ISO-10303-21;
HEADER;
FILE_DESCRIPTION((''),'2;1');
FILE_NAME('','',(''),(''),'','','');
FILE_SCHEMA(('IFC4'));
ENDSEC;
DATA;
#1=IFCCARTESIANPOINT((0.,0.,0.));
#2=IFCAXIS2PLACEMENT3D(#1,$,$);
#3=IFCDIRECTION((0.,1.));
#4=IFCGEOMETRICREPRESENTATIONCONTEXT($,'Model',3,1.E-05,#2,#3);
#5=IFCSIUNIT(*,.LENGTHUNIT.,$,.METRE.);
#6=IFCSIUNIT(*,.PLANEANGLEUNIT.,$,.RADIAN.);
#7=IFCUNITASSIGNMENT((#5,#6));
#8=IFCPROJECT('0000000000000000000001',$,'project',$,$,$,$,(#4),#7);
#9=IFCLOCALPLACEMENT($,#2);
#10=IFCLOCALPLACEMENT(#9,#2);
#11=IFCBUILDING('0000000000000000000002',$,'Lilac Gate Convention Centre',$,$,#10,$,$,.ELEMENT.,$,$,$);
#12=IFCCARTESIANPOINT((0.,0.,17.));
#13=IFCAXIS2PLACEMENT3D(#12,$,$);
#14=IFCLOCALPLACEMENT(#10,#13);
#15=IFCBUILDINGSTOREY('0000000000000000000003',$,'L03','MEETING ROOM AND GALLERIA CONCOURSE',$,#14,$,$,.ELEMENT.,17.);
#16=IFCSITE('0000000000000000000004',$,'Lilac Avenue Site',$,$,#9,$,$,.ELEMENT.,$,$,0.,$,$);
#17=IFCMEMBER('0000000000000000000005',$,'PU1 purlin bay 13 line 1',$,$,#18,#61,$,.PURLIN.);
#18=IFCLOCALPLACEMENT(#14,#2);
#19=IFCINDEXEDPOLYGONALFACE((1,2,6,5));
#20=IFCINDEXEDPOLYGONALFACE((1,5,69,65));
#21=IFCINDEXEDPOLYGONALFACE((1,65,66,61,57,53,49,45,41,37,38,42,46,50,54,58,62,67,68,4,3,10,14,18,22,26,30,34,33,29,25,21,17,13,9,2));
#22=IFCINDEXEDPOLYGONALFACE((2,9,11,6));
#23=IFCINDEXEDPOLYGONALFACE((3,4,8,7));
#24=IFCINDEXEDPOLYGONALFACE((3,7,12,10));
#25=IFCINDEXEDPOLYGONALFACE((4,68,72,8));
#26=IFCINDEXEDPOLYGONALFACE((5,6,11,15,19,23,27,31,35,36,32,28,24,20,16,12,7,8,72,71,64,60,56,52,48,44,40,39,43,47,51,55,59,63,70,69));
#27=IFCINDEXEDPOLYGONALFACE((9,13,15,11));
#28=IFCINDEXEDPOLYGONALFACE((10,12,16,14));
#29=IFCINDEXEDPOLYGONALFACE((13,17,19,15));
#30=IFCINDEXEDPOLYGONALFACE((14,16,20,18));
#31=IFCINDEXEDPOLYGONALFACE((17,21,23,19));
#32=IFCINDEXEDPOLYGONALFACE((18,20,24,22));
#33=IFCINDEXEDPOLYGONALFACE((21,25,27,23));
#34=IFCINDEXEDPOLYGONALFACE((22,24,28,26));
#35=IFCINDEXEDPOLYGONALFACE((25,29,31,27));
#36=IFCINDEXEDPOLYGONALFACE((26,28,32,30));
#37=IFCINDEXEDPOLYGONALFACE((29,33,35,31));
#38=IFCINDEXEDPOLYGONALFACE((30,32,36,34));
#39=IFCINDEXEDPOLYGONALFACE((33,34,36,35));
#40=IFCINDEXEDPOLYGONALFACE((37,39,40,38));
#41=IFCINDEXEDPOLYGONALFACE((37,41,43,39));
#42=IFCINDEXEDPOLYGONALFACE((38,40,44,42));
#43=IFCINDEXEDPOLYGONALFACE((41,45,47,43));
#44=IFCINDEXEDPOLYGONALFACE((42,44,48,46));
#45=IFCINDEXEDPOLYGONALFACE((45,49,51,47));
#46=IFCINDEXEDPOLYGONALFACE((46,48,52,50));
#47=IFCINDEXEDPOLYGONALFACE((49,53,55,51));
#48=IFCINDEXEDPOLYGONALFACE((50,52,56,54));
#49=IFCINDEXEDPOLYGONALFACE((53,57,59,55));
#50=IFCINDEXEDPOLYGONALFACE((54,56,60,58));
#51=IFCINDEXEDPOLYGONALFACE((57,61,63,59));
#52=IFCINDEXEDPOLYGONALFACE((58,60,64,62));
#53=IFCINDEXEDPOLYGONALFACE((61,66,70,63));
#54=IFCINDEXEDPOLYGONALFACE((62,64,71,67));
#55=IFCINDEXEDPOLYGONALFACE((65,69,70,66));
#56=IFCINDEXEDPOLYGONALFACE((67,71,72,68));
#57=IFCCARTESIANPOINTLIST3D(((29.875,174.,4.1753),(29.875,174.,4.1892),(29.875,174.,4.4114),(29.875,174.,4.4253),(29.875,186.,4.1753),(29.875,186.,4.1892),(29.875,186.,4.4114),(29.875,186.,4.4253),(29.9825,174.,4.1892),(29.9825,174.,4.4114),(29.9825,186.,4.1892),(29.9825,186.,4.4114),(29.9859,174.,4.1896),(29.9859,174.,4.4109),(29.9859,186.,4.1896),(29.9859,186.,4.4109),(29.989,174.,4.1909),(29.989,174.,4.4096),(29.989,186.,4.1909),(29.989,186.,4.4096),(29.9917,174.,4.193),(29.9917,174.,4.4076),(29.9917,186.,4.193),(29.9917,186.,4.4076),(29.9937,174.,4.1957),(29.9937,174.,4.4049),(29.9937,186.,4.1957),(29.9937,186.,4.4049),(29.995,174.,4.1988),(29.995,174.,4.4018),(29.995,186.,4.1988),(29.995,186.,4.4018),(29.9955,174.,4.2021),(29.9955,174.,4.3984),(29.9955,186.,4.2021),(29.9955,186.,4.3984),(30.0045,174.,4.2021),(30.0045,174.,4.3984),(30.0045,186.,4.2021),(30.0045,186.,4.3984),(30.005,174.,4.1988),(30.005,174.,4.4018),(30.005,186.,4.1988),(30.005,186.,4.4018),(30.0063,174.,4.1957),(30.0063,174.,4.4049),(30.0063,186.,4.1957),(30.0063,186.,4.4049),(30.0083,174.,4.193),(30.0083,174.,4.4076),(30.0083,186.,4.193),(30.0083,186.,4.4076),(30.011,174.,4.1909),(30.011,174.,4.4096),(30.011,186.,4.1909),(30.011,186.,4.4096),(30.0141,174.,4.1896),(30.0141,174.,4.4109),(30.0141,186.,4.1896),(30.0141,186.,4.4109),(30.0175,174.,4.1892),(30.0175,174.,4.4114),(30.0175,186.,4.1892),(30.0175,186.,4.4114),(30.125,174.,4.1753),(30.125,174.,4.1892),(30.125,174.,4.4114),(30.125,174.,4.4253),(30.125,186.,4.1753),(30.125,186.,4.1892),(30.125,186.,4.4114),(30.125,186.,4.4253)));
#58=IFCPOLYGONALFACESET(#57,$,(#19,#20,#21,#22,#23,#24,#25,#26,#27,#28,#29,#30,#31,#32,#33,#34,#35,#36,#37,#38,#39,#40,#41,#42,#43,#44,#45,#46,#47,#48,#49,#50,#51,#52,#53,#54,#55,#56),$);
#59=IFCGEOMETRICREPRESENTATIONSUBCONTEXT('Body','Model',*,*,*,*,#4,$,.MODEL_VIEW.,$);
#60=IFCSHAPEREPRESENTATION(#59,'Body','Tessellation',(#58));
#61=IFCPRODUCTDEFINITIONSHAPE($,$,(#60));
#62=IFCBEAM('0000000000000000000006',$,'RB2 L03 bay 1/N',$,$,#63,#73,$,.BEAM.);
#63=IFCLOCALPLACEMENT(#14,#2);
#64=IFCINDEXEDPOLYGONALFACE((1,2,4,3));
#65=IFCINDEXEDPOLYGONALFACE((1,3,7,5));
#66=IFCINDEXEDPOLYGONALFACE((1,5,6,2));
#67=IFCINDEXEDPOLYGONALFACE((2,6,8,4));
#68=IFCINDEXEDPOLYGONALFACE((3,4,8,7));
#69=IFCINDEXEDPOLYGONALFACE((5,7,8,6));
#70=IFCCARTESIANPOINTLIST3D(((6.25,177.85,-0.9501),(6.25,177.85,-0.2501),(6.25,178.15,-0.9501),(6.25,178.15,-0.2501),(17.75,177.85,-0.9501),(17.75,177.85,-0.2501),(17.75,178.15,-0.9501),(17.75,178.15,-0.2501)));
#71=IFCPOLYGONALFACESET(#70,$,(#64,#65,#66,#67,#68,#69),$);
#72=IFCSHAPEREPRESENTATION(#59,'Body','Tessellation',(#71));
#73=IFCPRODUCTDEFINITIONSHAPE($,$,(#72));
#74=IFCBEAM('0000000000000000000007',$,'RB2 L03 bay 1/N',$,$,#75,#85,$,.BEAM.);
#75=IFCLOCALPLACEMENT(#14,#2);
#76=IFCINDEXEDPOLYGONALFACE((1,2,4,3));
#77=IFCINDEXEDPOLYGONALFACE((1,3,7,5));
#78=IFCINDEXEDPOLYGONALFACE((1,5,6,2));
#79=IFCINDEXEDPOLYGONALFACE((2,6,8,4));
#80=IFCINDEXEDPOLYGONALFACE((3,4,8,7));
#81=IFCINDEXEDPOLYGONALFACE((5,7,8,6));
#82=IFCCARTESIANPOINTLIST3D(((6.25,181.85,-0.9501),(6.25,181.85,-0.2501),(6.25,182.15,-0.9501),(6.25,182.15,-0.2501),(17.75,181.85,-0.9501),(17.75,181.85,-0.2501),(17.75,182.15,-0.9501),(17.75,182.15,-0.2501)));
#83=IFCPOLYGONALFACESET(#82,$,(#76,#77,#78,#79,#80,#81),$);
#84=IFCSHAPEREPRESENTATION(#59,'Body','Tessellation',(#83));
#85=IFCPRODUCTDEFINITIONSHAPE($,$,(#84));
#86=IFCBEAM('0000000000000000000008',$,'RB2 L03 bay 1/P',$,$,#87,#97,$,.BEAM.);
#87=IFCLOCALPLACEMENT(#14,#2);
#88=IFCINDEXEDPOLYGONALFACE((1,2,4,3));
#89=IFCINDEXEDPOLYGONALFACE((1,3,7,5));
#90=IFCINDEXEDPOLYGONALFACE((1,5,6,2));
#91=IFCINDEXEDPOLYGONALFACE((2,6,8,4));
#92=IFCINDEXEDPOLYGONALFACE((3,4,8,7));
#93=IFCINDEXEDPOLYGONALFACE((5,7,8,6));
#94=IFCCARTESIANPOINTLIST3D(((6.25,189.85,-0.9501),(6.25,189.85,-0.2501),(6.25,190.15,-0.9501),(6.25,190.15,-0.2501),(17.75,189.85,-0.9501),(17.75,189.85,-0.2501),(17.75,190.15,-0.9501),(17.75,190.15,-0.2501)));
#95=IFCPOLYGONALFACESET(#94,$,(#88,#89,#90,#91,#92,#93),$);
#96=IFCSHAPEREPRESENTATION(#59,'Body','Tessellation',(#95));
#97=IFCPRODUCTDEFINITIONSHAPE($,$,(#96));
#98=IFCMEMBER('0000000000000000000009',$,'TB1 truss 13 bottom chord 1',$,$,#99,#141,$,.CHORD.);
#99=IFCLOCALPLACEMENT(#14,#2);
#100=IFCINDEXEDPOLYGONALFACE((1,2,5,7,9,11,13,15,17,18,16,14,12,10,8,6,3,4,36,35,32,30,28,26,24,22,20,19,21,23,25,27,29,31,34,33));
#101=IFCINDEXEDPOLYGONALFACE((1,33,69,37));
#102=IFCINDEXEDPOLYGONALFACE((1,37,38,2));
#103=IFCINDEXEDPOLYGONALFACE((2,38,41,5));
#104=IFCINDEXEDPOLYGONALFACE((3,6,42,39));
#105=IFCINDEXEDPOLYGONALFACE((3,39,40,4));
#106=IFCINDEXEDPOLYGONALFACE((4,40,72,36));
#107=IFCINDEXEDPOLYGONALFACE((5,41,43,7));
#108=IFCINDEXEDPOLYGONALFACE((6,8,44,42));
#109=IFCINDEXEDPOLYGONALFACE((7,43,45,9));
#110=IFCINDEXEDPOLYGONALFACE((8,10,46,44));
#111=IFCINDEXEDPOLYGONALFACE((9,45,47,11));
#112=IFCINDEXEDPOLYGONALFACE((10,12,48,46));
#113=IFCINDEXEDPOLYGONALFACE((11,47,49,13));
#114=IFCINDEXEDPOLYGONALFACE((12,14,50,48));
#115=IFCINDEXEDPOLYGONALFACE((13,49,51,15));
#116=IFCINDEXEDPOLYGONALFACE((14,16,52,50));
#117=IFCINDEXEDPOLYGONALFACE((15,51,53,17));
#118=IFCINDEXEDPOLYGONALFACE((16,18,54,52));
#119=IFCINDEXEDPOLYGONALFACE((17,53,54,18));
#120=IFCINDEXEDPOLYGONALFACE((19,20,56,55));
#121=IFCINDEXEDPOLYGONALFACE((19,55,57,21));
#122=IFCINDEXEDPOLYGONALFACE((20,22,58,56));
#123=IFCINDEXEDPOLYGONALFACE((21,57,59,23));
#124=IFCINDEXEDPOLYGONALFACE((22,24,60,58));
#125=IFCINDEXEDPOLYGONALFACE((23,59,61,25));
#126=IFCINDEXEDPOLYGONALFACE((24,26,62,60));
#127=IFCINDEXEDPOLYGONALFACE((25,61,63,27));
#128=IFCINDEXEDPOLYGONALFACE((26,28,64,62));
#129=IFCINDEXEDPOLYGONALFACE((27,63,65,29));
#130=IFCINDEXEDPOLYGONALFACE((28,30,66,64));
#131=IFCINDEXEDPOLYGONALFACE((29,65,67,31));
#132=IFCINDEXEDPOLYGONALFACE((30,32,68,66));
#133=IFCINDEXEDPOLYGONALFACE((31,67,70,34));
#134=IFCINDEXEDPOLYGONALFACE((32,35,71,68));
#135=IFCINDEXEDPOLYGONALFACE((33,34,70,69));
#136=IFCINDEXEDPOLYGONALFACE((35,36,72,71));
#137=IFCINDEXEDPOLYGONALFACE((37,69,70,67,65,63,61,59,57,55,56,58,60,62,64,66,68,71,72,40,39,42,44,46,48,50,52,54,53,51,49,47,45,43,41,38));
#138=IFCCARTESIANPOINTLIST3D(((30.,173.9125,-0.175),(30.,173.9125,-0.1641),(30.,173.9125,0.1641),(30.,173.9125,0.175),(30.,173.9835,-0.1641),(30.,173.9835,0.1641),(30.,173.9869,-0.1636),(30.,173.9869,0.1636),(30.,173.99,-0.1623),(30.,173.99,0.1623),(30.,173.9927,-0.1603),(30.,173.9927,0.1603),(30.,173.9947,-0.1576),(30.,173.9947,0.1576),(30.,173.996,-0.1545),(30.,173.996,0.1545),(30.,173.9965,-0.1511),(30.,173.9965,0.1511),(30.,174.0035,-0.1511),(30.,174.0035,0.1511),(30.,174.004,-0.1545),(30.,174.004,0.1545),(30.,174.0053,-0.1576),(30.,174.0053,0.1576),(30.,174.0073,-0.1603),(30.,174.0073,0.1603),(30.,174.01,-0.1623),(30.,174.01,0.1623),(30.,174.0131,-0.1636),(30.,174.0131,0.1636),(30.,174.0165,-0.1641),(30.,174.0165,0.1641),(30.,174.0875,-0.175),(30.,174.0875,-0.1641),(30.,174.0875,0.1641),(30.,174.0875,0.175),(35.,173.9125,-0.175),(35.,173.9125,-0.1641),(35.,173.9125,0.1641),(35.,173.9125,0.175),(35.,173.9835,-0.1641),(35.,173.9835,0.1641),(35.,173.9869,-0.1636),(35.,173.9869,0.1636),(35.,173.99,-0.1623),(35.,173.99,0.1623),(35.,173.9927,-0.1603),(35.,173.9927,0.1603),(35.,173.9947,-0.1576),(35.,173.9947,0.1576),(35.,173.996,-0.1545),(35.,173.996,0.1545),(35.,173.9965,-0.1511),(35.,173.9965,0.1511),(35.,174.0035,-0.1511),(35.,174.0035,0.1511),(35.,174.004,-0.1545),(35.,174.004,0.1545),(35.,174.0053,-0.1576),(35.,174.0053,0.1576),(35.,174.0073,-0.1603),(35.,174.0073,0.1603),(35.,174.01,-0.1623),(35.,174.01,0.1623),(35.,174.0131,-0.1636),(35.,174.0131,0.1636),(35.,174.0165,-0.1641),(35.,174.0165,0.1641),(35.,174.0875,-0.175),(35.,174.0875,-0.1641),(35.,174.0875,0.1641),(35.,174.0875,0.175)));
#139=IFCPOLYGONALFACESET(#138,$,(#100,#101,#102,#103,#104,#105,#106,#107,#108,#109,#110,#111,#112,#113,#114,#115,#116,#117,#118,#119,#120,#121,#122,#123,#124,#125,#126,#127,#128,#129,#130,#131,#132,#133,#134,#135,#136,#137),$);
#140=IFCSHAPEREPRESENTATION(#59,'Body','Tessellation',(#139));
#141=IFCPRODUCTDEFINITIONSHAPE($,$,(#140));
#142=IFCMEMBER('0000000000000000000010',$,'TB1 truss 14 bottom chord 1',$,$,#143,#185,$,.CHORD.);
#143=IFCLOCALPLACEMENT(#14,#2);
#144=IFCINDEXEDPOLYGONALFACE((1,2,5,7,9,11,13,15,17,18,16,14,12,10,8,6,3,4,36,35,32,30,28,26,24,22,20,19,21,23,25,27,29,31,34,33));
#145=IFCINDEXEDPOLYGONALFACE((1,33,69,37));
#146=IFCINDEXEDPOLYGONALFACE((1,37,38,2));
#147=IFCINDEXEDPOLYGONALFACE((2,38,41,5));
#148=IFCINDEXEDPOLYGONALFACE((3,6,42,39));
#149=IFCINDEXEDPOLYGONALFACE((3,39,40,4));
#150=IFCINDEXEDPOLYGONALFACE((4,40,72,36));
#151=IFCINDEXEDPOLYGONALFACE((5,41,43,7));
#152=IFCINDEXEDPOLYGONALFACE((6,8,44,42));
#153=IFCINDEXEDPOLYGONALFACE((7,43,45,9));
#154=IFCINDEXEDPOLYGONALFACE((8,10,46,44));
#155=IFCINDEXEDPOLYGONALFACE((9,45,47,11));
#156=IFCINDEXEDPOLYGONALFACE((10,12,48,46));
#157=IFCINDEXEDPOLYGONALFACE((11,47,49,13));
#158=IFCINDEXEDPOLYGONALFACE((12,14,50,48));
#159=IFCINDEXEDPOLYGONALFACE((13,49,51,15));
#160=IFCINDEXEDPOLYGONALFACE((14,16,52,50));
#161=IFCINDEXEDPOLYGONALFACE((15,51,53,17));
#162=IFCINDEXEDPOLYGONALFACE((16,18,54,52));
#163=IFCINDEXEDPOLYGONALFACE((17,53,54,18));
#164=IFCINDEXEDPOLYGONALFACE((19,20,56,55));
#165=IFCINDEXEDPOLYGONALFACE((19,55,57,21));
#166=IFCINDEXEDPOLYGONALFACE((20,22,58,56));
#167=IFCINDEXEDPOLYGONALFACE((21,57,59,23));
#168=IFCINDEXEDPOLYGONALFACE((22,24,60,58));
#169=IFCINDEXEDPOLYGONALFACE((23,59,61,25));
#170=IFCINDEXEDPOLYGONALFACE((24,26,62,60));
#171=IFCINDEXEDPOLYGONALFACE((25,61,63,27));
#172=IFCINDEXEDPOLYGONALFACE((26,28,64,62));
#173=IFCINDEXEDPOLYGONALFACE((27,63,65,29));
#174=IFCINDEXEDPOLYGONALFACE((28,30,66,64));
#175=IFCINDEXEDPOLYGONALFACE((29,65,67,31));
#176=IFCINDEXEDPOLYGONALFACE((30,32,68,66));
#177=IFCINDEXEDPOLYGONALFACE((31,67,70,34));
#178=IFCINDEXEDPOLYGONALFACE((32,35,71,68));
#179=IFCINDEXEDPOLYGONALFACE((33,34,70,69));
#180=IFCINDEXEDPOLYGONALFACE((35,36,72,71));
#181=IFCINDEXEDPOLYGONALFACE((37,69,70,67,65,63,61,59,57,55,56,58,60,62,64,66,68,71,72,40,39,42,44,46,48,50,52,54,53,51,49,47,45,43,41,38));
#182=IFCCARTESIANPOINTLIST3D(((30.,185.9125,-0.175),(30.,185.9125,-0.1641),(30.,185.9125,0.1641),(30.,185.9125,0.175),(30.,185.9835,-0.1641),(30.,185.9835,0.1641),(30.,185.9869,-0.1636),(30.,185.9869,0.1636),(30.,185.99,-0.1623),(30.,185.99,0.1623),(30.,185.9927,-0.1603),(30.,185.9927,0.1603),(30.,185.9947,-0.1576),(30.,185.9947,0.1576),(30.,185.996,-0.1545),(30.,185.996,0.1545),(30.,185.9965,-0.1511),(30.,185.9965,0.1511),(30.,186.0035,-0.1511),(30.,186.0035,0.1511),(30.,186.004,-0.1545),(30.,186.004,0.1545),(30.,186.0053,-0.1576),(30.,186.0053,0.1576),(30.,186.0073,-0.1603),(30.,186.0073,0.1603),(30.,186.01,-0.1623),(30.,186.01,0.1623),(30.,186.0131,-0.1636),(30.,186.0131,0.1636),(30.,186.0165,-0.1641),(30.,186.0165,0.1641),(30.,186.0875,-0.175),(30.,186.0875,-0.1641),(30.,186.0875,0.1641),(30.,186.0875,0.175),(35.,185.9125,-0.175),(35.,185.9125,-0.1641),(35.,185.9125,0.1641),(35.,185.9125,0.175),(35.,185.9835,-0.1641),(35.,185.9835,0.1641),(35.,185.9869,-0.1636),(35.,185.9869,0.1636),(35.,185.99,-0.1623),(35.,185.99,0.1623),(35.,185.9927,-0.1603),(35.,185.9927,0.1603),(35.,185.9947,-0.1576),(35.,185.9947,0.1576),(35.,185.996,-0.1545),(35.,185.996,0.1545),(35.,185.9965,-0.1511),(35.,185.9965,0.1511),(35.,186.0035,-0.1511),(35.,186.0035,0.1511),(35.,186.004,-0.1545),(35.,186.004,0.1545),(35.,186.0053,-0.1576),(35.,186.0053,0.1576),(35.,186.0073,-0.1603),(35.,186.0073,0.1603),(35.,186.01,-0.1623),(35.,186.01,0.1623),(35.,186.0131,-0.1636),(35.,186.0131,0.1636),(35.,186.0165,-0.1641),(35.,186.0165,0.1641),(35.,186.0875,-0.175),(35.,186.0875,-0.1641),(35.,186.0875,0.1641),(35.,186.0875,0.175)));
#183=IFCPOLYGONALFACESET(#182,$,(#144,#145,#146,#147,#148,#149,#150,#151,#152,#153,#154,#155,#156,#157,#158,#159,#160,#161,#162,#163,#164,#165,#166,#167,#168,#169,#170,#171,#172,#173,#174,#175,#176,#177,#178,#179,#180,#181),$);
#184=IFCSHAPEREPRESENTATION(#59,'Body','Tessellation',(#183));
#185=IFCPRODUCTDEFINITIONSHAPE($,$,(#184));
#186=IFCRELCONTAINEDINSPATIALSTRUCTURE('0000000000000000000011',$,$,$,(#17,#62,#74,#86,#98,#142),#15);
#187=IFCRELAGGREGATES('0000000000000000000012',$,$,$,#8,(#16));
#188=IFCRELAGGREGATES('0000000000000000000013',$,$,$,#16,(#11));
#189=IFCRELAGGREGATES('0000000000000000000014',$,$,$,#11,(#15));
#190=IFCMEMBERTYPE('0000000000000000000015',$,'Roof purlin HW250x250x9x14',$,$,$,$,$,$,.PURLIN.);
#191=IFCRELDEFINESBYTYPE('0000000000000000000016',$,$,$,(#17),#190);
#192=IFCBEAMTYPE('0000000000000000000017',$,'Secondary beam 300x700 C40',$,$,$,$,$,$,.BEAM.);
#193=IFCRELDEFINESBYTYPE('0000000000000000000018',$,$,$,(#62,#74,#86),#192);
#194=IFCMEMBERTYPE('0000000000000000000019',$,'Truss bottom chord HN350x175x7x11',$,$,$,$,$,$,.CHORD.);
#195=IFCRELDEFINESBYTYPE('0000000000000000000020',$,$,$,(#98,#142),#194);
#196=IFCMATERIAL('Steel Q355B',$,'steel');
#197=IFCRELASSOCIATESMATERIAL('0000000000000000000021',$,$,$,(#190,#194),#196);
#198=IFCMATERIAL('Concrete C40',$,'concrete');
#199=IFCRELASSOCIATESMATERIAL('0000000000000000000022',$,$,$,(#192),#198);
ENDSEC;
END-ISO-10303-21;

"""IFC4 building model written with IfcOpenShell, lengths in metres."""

from ifc_helpers import new_model, si_unit, direction, frame, origin, origin_2d, place, context, subcontext, project, spatial, rectangle, i_section, extrude, material, material_profile, profile_set, type_object, element, save


model = new_model("IFC4")

# Units and contexts
model_context = context("Model", 3, precision=1e-05, world=origin(), true_north=direction((0.0, 1.0)))
body_context = subcontext(model_context, "Body", "Model", "MODEL_VIEW")
ifc_project = project(units=[si_unit("LENGTHUNIT", "METRE"), si_unit("PLANEANGLEUNIT", "RADIAN")], contexts=[model_context])

# Site, building, storey
site_placement = place(None, origin())
site = spatial("IfcSite", under=ifc_project, at=site_placement, Name="Lilac Avenue Site", CompositionType="ELEMENT", RefElevation=0.0)
building_placement = place(site_placement, origin())
building = spatial("IfcBuilding", under=site, at=building_placement, Name="Lilac Gate Convention Centre", CompositionType="ELEMENT")
storey_placement = place(building_placement, frame((0.0, 0.0, 17.0)))
storey = spatial("IfcBuildingStorey", under=building, at=storey_placement, Name="L03", Description="MEETING ROOM AND GALLERIA CONCOURSE", CompositionType="ELEMENT", Elevation=17.0)

# Shared definitions
ifc_material_1 = material(Name="Concrete C40", Category="concrete")
ifc_material_2 = material(Name="Steel Q355B", Category="steel")

# Member
ifc_material_profile_1 = material_profile(ifc_material_2, i_section(OverallWidth=0.25, OverallDepth=0.25, WebThickness=0.009, FlangeThickness=0.0139, FilletRadius=0.0129, at=origin_2d()), Name="HW250x250x9x14")
ifc_profile_set_1 = profile_set([ifc_material_profile_1], Name="Steel Q355B")
member_type_1 = type_object("IfcMemberType", Name="Roof purlin HW250x250x9x14", PredefinedType="PURLIN", material=ifc_profile_set_1)
member_1_placement = place(storey_placement, frame((30.0, 174.0, 4.3003), z_axis=(0.0, 1.0, 0.0), x_axis=(-1.0, 0.0, 0.0)))
element("IfcMember", 1, at=member_1_placement, inside=storey, type_object=member_type_1, Name="PU1 purlin bay 13 line 1", PredefinedType="PURLIN", context=body_context, shape_type="SweptSolid", body=[
    extrude(i_section(OverallWidth=0.25, OverallDepth=0.25, WebThickness=0.009, FlangeThickness=0.0139, FilletRadius=0.0129, at=origin_2d()), origin(), (0.0, 0.0, 1.0), 12.0),
])

# Beams
ifc_material_profile_2 = material_profile(ifc_material_1, rectangle(XDim=0.3, YDim=0.7, at=origin_2d()), Name="RC 300x700")
ifc_profile_set_2 = profile_set([ifc_material_profile_2], Name="Concrete C40")
beam_type_1 = type_object("IfcBeamType", Name="Secondary beam 300x700 C40", PredefinedType="BEAM", material=ifc_profile_set_2)
for number, where, z_axis, x_axis, name in (
    (2, (6.25, 178.0, -0.6001), (1.0, 0.0, 0.0), (0.0, 1.0, 0.0), "RB2 L03 bay 1/N"),
    (3, (6.25, 182.0, -0.6001), (1.0, 0.0, 0.0), (0.0, 1.0, 0.0), "RB2 L03 bay 1/N"),
    (4, (6.25, 190.0, -0.6001), (1.0, 0.0, 0.0), (0.0, 1.0, 0.0), "RB2 L03 bay 1/P"),
):
    element("IfcBeam", number, at=place(storey_placement, frame(where, z_axis=z_axis, x_axis=x_axis)), inside=storey, type_object=beam_type_1, Name=name, PredefinedType="BEAM", context=body_context, shape_type="SweptSolid", body=[
        extrude(rectangle(XDim=0.3, YDim=0.7, at=origin_2d()), origin(), (0.0, 0.0, 1.0), 11.5),
    ])

# Members
ifc_material_profile_3 = material_profile(ifc_material_2, i_section(OverallWidth=0.175, OverallDepth=0.3501, WebThickness=0.0071, FlangeThickness=0.011, FilletRadius=0.0129, at=origin_2d()), Name="HN350x175x7x11")
ifc_profile_set_3 = profile_set([ifc_material_profile_3], Name="Steel Q355B")
member_type_2 = type_object("IfcMemberType", Name="Truss bottom chord HN350x175x7x11", PredefinedType="CHORD", material=ifc_profile_set_3)
for number, where, z_axis, x_axis, name in (
    (5, (30.0, 174.0, 0.0), (1.0, 0.0, 0.0), (0.0, 1.0, 0.0), "TB1 truss 13 bottom chord 1"),
    (6, (30.0, 186.0, 0.0), (1.0, 0.0, 0.0), (0.0, 1.0, 0.0), "TB1 truss 14 bottom chord 1"),
):
    element("IfcMember", number, at=place(storey_placement, frame(where, z_axis=z_axis, x_axis=x_axis)), inside=storey, type_object=member_type_2, Name=name, PredefinedType="CHORD", context=body_context, shape_type="SweptSolid", body=[
        extrude(i_section(OverallWidth=0.175, OverallDepth=0.3501, WebThickness=0.0071, FlangeThickness=0.011, FilletRadius=0.0129, at=origin_2d()), origin(), (0.0, 0.0, 1.0), 5.0),
    ])

save(model, "model.ifc")
